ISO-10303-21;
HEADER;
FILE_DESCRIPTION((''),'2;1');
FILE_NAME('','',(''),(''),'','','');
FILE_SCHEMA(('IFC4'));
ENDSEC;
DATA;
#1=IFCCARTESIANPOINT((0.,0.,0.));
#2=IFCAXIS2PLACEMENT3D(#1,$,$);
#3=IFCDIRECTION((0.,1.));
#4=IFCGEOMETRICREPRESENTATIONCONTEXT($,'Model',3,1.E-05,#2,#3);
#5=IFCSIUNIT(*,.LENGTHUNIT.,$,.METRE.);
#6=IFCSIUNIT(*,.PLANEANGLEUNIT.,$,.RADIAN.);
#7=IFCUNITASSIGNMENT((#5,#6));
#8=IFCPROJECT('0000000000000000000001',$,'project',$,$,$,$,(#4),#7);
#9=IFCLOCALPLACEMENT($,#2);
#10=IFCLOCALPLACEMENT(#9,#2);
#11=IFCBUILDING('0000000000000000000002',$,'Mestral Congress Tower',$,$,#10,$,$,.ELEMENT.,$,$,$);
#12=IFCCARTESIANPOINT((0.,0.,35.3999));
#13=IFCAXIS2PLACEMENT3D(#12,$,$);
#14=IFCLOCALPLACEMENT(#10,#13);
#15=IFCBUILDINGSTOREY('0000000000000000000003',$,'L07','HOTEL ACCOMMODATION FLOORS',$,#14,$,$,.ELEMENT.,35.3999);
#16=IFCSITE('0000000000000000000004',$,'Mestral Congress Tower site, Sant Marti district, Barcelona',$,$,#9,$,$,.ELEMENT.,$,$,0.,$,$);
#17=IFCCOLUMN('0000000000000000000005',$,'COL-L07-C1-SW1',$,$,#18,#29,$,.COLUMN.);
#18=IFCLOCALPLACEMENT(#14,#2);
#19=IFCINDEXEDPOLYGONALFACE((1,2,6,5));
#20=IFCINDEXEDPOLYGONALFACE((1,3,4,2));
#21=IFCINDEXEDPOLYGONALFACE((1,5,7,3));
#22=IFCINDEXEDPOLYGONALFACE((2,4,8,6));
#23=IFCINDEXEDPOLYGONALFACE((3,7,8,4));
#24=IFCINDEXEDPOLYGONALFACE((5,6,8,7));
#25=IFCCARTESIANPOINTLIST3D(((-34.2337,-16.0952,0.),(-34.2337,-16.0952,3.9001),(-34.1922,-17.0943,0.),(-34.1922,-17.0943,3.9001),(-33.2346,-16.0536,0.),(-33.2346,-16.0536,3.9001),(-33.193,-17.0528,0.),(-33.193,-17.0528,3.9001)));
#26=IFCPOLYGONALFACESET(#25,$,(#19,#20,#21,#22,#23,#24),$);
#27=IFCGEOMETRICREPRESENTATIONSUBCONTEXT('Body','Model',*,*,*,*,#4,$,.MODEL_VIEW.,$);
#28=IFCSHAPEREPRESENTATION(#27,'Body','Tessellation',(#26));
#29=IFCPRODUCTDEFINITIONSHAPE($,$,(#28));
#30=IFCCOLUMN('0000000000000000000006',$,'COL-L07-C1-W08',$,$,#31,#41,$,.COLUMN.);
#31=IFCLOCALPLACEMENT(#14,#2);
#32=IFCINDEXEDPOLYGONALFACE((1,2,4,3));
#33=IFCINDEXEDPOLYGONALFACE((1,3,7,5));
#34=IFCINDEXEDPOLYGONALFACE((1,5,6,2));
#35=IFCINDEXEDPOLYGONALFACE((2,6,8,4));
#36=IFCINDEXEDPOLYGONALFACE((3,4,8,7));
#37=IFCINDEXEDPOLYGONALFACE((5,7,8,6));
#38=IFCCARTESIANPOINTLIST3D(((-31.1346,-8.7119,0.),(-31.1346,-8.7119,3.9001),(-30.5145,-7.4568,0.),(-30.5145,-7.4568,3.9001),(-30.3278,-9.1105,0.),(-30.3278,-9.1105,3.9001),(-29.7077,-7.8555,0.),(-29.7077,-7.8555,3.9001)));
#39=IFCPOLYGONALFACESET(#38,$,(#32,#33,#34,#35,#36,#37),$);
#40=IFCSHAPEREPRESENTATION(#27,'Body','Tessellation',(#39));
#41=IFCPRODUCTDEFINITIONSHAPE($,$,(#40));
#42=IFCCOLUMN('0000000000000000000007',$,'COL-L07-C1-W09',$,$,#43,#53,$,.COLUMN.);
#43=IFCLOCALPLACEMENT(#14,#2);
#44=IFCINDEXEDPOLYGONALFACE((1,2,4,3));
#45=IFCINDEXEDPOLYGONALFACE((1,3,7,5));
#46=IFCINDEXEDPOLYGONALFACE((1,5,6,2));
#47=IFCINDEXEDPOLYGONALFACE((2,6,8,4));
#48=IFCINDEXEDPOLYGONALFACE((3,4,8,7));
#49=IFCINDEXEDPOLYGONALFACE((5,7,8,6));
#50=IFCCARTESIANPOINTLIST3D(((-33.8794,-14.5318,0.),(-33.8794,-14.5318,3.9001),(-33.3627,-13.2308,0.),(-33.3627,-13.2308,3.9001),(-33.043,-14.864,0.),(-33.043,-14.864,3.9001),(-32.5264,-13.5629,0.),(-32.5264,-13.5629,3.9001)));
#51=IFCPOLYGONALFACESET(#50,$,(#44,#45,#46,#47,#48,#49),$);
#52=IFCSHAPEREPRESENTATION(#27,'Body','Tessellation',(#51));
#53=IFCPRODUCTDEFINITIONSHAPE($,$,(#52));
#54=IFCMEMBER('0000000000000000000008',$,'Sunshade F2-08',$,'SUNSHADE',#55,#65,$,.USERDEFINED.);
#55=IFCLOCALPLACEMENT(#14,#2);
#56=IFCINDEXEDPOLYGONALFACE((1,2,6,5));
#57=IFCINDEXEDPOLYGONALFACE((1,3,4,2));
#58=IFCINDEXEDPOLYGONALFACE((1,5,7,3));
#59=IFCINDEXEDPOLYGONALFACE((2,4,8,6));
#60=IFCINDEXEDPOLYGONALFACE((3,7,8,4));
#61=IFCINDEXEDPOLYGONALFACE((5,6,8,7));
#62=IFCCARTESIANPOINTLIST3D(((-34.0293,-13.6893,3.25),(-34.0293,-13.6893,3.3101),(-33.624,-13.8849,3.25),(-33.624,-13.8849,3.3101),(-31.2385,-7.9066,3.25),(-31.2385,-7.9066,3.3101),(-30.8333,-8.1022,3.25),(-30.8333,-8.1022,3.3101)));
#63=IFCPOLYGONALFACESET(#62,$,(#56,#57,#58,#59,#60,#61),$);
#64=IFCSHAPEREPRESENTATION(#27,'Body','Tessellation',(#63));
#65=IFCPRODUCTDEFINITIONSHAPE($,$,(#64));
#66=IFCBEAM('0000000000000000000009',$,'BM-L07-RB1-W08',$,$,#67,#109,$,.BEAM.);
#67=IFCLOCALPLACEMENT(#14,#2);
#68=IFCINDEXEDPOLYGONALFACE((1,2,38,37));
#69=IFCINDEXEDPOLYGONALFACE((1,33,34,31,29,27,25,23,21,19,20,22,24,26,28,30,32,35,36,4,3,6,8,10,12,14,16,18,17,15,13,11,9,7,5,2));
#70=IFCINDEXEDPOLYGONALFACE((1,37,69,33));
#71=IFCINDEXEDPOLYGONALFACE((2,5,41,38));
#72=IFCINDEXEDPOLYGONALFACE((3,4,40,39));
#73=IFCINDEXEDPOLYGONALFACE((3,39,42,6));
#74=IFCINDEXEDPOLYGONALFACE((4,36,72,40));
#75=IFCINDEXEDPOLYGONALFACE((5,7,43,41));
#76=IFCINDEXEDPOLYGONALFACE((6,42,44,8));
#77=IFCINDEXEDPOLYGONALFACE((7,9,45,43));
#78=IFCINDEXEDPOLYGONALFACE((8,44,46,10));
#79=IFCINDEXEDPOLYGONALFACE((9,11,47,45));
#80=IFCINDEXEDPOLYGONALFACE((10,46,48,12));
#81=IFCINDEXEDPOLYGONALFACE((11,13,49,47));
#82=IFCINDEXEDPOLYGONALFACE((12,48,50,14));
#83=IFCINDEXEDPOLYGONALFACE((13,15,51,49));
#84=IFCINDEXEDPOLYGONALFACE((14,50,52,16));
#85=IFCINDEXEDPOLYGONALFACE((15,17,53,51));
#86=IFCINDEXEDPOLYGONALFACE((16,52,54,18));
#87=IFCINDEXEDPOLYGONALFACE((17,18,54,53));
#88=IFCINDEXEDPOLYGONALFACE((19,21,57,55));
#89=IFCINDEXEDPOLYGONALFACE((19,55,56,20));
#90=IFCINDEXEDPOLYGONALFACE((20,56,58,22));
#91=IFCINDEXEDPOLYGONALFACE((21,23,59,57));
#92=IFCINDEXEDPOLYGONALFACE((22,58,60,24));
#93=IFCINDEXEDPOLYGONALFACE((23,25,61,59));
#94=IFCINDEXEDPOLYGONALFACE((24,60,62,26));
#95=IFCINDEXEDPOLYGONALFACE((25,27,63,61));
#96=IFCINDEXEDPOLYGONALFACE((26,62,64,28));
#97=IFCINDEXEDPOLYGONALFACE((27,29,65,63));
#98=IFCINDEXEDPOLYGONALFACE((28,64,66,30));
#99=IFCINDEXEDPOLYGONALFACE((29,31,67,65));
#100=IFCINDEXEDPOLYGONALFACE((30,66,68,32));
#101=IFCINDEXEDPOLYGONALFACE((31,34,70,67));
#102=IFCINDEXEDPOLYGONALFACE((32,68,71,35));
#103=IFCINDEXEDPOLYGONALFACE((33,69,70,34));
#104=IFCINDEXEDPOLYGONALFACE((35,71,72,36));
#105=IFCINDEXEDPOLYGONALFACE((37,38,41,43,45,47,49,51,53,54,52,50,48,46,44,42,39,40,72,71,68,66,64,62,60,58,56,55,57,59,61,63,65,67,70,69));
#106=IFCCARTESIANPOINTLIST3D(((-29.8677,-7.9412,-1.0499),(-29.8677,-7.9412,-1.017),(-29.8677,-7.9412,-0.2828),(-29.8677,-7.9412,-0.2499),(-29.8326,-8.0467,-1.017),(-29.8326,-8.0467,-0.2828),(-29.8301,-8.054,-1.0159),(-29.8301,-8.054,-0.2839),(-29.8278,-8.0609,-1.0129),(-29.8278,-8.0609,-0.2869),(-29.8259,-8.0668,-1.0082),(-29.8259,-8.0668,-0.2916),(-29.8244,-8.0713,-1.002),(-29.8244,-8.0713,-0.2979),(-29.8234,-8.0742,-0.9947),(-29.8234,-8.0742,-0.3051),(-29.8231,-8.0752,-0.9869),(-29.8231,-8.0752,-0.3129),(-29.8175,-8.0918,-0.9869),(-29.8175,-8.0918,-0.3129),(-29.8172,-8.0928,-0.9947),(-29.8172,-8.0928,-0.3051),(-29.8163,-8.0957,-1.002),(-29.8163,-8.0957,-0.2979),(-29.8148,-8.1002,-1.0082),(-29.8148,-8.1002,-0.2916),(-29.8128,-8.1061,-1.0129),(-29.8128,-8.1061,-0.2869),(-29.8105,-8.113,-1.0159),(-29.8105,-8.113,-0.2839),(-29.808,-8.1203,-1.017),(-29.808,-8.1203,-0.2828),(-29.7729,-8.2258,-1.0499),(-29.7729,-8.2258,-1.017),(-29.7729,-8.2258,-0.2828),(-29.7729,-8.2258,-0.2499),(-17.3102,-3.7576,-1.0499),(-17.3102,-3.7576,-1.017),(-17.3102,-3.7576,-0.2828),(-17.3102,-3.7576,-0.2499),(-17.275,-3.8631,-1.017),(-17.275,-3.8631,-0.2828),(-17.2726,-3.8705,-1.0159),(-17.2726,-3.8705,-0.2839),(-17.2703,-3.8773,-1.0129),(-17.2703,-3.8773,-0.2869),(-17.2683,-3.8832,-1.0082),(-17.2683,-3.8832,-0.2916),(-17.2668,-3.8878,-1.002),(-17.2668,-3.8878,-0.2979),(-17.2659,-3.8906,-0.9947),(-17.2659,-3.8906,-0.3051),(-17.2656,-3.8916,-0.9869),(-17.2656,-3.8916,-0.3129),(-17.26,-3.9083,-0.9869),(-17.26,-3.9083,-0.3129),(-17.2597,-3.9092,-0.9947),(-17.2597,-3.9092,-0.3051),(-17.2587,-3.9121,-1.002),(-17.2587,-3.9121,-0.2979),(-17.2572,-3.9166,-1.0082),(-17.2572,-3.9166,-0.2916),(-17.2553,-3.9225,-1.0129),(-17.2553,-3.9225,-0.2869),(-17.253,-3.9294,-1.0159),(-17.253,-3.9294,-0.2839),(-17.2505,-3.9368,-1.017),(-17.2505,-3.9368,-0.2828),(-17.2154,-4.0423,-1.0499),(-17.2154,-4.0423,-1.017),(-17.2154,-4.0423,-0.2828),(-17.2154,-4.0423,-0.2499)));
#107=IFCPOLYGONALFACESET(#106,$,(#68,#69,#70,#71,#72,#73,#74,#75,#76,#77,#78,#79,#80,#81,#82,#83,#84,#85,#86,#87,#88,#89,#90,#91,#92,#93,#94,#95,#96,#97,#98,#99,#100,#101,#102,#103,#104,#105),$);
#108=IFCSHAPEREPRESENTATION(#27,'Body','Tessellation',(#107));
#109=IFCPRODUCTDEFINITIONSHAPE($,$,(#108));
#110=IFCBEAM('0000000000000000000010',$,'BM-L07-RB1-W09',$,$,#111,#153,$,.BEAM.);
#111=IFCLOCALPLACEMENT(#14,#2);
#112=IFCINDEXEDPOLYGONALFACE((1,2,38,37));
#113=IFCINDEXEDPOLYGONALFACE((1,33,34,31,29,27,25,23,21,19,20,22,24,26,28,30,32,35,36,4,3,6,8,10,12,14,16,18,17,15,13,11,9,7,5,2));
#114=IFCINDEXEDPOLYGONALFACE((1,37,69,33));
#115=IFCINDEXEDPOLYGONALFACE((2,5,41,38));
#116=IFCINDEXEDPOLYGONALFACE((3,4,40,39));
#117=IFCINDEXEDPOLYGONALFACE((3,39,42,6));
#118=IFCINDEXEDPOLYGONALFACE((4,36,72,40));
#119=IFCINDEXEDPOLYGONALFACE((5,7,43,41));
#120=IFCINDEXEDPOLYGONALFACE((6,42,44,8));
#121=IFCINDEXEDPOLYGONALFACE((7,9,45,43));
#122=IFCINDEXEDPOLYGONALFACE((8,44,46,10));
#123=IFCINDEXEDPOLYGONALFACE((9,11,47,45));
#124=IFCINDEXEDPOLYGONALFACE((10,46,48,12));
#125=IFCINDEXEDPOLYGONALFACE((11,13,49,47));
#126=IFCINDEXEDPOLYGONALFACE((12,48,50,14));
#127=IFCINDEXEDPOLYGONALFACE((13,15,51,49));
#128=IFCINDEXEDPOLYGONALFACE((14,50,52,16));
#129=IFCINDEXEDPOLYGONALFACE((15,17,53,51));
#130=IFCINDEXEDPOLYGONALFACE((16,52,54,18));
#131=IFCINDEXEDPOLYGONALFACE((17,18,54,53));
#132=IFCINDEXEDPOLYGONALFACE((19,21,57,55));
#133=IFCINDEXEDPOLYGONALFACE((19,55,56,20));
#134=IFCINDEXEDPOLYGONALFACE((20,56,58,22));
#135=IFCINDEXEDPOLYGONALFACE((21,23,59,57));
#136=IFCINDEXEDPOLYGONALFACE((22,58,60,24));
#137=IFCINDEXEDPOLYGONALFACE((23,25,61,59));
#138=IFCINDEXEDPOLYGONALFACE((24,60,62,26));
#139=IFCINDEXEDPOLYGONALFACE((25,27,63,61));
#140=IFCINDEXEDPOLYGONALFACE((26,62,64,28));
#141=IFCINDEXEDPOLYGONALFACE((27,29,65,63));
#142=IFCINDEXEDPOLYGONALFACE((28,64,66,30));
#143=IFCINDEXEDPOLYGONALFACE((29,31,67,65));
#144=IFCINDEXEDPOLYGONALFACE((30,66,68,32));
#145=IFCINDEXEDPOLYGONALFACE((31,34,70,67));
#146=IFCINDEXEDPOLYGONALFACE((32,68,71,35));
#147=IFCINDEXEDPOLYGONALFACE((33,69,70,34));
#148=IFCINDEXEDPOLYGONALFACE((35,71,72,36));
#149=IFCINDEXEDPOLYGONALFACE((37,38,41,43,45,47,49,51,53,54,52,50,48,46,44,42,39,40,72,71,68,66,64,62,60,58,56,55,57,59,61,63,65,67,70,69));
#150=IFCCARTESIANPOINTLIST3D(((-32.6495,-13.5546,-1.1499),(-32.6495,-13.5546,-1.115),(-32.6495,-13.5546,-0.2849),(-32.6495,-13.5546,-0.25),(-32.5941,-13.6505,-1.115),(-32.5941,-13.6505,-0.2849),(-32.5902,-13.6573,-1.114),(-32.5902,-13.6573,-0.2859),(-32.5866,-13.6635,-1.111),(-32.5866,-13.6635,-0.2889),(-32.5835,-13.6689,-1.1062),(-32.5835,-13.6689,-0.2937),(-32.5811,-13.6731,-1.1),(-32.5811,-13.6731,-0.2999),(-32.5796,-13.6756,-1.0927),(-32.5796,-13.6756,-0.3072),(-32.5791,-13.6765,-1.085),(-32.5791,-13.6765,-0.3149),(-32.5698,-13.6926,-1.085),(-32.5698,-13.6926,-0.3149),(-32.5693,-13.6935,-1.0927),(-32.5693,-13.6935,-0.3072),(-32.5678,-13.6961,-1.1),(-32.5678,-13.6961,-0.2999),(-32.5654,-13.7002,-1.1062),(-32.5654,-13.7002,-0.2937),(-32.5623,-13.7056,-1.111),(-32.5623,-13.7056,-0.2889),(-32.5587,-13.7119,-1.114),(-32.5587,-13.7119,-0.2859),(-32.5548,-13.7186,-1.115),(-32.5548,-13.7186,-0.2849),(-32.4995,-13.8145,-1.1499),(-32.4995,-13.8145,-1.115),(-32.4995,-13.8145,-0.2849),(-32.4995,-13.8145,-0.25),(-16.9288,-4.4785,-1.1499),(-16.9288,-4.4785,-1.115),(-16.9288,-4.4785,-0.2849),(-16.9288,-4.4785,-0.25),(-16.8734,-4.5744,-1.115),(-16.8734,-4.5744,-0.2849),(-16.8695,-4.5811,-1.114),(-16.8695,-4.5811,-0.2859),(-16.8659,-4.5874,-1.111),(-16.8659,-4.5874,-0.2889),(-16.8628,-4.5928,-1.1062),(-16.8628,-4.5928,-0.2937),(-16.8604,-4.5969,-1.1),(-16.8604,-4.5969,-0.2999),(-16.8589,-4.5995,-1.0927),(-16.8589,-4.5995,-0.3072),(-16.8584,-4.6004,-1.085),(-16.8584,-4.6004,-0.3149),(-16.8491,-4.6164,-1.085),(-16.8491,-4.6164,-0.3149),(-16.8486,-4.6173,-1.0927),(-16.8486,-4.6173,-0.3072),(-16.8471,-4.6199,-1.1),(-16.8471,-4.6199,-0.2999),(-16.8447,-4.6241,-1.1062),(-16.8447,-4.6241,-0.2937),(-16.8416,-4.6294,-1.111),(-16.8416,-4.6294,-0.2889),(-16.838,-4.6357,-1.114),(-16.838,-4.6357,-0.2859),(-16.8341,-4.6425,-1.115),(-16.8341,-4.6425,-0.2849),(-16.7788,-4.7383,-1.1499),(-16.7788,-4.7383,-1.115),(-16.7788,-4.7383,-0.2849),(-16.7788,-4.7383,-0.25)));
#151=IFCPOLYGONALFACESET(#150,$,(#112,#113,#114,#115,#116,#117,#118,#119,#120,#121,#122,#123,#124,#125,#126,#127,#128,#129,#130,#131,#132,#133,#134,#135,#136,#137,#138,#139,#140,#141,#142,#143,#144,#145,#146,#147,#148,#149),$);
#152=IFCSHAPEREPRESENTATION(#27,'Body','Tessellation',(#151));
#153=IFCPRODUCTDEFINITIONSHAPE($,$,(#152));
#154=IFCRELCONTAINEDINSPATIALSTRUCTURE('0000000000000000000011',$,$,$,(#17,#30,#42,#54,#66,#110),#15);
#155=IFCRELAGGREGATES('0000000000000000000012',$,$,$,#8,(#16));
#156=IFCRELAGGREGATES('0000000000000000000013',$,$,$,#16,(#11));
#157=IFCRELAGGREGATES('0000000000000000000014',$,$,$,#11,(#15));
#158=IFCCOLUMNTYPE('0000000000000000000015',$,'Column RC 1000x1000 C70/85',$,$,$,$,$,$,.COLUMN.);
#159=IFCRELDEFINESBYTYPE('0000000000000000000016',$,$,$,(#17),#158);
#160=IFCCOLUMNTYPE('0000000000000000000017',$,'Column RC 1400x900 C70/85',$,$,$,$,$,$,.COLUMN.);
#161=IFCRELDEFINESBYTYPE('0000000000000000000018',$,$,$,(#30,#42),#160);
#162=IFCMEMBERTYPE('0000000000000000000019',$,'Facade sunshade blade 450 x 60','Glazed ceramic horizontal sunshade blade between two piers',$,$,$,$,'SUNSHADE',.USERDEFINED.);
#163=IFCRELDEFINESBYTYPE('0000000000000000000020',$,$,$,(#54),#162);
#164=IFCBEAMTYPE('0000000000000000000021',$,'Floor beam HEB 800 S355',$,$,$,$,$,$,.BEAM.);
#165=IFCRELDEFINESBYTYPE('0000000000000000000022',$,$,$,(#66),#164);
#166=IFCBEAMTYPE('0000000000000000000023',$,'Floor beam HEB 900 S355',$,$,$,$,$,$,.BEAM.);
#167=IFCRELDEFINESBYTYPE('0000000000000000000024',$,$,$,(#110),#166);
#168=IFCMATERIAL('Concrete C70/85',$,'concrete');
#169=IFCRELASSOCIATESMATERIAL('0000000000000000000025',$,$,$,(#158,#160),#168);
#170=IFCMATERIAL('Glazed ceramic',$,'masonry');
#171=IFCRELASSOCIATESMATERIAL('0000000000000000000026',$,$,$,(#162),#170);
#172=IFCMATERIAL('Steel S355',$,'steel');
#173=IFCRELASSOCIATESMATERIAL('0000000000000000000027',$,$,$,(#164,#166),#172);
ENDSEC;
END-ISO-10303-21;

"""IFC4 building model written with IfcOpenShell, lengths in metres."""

from ifc_helpers import new_model, si_unit, direction, frame, origin, origin_2d, place, context, subcontext, project, spatial, rectangle, i_section, extrude, material, material_profile, profile_set, type_object, element, save


model = new_model("IFC4")

# Units and contexts
model_context = context("Model", 3, precision=1e-05, world=origin(), true_north=direction((0.0, 1.0)))
body_context = subcontext(model_context, "Body", "Model", "MODEL_VIEW")
ifc_project = project(units=[si_unit("LENGTHUNIT", "METRE"), si_unit("PLANEANGLEUNIT", "RADIAN")], contexts=[model_context])

# Site, building, storey
site_placement = place(None, origin())
site = spatial("IfcSite", under=ifc_project, at=site_placement, Name="Mestral Congress Tower site, Sant Marti district, Barcelona", CompositionType="ELEMENT", RefElevation=0.0)
building_placement = place(site_placement, origin())
building = spatial("IfcBuilding", under=site, at=building_placement, Name="Mestral Congress Tower", CompositionType="ELEMENT")
storey_placement = place(building_placement, frame((0.0, 0.0, 35.3999)))
storey = spatial("IfcBuildingStorey", under=building, at=storey_placement, Name="L07", Description="HOTEL ACCOMMODATION FLOORS", CompositionType="ELEMENT", Elevation=35.3999)

# Columns
ifc_material_1 = material(Name="Concrete C70/85", Category="concrete")
ifc_material_profile_1 = material_profile(ifc_material_1, rectangle(XDim=1.0, YDim=1.0, at=origin_2d()), Name="RC 1000x1000")
ifc_profile_set_1 = profile_set([ifc_material_profile_1], Name="Concrete C70/85")
column_type_1 = type_object("IfcColumnType", Name="Column RC 1000x1000 C70/85", PredefinedType="COLUMN", material=ifc_profile_set_1)
column_placement = place(storey_placement, frame((-33.7134, -16.574, 0.0), z_axis=(0.0, 0.0, 1.0), x_axis=(0.041583, -0.999135, 0.0)))
element("IfcColumn", 1, at=column_placement, inside=storey, type_object=column_type_1, Name="COL-L07-C1-SW1", PredefinedType="COLUMN", context=body_context, shape_type="SweptSolid", body=[
    extrude(rectangle(XDim=1.0, YDim=1.0, at=origin_2d()), origin(), (0.0, 0.0, 1.0), 3.9001),
])
ifc_material_profile_2 = material_profile(ifc_material_1, rectangle(XDim=1.3999, YDim=0.8999, at=origin_2d()), Name="RC 1400x900")
ifc_profile_set_2 = profile_set([ifc_material_profile_2], Name="Concrete C70/85")
column_type_2 = type_object("IfcColumnType", Name="Column RC 1400x900 C70/85", PredefinedType="COLUMN", material=ifc_profile_set_2)
for number, where, z_axis, x_axis, name in (
    (2, (-30.4211, -8.2837, 0.0), (0.0, 0.0, 1.0), (-0.442959, -0.896542, 0.0), "COL-L07-C1-W08"),
    (3, (-33.2029, -14.0474, 0.0), (0.0, 0.0, 1.0), (-0.36909, -0.929394, 0.0), "COL-L07-C1-W09"),
):
    element("IfcColumn", number, at=place(storey_placement, frame(where, z_axis=z_axis, x_axis=x_axis)), inside=storey, type_object=column_type_2, Name=name, PredefinedType="COLUMN", context=body_context, shape_type="SweptSolid", body=[
        extrude(rectangle(XDim=1.3999, YDim=0.8999, at=origin_2d()), origin(), (0.0, 0.0, 1.0), 3.9001),
    ])

# Member
ifc_material_2 = material(Name="Glazed ceramic", Category="masonry")
ifc_material_profile_3 = material_profile(ifc_material_2, rectangle(XDim=0.45, YDim=0.0601, at=origin_2d()), Name="Ceramic blade 450 x 60")
ifc_profile_set_3 = profile_set([ifc_material_profile_3], Name="Glazed ceramic")
member_type = type_object("IfcMemberType", Name="Facade sunshade blade 450 x 60", Description="Glazed ceramic horizontal sunshade blade between two piers", ElementType="SUNSHADE", PredefinedType="USERDEFINED", material=ifc_profile_set_3)
member_placement = place(storey_placement, frame((-31.0359, -8.0044, 3.28), z_axis=(-0.434637, -0.900606, 0.0), x_axis=(0.900606, -0.434637, 0.0)))
element("IfcMember", 4, at=member_placement, inside=storey, type_object=member_type, Name="Sunshade F2-08", ObjectType="SUNSHADE", PredefinedType="USERDEFINED", context=body_context, shape_type="SweptSolid", body=[
    extrude(rectangle(XDim=0.45, YDim=0.0601, at=origin_2d()), origin(), (0.0, 0.0, 1.0), 6.4209),
])

# Beams
ifc_material_3 = material(Name="Steel S355", Category="steel")
ifc_material_profile_4 = material_profile(ifc_material_3, i_section(OverallWidth=0.3, OverallDepth=0.8, WebThickness=0.0176, FlangeThickness=0.033, FilletRadius=0.03, at=origin_2d()), Name="HEB 800")
ifc_profile_set_4 = profile_set([ifc_material_profile_4], Name="Steel S355")
beam_type_1 = type_object("IfcBeamType", Name="Floor beam HEB 800 S355", PredefinedType="BEAM", material=ifc_profile_set_4)
beam_1_placement = place(storey_placement, frame((-29.8203, -8.0835, -0.6499), z_axis=(0.948735, 0.316073, 0.0), x_axis=(-0.316073, 0.948735, 0.0)))
element("IfcBeam", 5, at=beam_1_placement, inside=storey, type_object=beam_type_1, Name="BM-L07-RB1-W08", PredefinedType="BEAM", context=body_context, shape_type="SweptSolid", body=[
    extrude(i_section(OverallWidth=0.3, OverallDepth=0.8, WebThickness=0.0176, FlangeThickness=0.033, FilletRadius=0.03, at=origin_2d()), origin(), (0.0, 0.0, 1.0), 13.2361),
])
ifc_material_profile_5 = material_profile(ifc_material_3, i_section(OverallWidth=0.3, OverallDepth=0.8999, WebThickness=0.0186, FlangeThickness=0.0349, FilletRadius=0.03, at=origin_2d()), Name="HEB 900")
ifc_profile_set_5 = profile_set([ifc_material_profile_5], Name="Steel S355")
beam_type_2 = type_object("IfcBeamType", Name="Floor beam HEB 900 S355", PredefinedType="BEAM", material=ifc_profile_set_5)
beam_2_placement = place(storey_placement, frame((-32.5745, -13.6846, -0.7), z_axis=(0.86603, 0.499993, 0.0), x_axis=(-0.499993, 0.86603, 0.0)))
element("IfcBeam", 6, at=beam_2_placement, inside=storey, type_object=beam_type_2, Name="BM-L07-RB1-W09", PredefinedType="BEAM", context=body_context, shape_type="SweptSolid", body=[
    extrude(i_section(OverallWidth=0.3, OverallDepth=0.8999, WebThickness=0.0186, FlangeThickness=0.0349, FilletRadius=0.03, at=origin_2d()), origin(), (0.0, 0.0, 1.0), 18.1526),
])

save(model, "model.ifc")
